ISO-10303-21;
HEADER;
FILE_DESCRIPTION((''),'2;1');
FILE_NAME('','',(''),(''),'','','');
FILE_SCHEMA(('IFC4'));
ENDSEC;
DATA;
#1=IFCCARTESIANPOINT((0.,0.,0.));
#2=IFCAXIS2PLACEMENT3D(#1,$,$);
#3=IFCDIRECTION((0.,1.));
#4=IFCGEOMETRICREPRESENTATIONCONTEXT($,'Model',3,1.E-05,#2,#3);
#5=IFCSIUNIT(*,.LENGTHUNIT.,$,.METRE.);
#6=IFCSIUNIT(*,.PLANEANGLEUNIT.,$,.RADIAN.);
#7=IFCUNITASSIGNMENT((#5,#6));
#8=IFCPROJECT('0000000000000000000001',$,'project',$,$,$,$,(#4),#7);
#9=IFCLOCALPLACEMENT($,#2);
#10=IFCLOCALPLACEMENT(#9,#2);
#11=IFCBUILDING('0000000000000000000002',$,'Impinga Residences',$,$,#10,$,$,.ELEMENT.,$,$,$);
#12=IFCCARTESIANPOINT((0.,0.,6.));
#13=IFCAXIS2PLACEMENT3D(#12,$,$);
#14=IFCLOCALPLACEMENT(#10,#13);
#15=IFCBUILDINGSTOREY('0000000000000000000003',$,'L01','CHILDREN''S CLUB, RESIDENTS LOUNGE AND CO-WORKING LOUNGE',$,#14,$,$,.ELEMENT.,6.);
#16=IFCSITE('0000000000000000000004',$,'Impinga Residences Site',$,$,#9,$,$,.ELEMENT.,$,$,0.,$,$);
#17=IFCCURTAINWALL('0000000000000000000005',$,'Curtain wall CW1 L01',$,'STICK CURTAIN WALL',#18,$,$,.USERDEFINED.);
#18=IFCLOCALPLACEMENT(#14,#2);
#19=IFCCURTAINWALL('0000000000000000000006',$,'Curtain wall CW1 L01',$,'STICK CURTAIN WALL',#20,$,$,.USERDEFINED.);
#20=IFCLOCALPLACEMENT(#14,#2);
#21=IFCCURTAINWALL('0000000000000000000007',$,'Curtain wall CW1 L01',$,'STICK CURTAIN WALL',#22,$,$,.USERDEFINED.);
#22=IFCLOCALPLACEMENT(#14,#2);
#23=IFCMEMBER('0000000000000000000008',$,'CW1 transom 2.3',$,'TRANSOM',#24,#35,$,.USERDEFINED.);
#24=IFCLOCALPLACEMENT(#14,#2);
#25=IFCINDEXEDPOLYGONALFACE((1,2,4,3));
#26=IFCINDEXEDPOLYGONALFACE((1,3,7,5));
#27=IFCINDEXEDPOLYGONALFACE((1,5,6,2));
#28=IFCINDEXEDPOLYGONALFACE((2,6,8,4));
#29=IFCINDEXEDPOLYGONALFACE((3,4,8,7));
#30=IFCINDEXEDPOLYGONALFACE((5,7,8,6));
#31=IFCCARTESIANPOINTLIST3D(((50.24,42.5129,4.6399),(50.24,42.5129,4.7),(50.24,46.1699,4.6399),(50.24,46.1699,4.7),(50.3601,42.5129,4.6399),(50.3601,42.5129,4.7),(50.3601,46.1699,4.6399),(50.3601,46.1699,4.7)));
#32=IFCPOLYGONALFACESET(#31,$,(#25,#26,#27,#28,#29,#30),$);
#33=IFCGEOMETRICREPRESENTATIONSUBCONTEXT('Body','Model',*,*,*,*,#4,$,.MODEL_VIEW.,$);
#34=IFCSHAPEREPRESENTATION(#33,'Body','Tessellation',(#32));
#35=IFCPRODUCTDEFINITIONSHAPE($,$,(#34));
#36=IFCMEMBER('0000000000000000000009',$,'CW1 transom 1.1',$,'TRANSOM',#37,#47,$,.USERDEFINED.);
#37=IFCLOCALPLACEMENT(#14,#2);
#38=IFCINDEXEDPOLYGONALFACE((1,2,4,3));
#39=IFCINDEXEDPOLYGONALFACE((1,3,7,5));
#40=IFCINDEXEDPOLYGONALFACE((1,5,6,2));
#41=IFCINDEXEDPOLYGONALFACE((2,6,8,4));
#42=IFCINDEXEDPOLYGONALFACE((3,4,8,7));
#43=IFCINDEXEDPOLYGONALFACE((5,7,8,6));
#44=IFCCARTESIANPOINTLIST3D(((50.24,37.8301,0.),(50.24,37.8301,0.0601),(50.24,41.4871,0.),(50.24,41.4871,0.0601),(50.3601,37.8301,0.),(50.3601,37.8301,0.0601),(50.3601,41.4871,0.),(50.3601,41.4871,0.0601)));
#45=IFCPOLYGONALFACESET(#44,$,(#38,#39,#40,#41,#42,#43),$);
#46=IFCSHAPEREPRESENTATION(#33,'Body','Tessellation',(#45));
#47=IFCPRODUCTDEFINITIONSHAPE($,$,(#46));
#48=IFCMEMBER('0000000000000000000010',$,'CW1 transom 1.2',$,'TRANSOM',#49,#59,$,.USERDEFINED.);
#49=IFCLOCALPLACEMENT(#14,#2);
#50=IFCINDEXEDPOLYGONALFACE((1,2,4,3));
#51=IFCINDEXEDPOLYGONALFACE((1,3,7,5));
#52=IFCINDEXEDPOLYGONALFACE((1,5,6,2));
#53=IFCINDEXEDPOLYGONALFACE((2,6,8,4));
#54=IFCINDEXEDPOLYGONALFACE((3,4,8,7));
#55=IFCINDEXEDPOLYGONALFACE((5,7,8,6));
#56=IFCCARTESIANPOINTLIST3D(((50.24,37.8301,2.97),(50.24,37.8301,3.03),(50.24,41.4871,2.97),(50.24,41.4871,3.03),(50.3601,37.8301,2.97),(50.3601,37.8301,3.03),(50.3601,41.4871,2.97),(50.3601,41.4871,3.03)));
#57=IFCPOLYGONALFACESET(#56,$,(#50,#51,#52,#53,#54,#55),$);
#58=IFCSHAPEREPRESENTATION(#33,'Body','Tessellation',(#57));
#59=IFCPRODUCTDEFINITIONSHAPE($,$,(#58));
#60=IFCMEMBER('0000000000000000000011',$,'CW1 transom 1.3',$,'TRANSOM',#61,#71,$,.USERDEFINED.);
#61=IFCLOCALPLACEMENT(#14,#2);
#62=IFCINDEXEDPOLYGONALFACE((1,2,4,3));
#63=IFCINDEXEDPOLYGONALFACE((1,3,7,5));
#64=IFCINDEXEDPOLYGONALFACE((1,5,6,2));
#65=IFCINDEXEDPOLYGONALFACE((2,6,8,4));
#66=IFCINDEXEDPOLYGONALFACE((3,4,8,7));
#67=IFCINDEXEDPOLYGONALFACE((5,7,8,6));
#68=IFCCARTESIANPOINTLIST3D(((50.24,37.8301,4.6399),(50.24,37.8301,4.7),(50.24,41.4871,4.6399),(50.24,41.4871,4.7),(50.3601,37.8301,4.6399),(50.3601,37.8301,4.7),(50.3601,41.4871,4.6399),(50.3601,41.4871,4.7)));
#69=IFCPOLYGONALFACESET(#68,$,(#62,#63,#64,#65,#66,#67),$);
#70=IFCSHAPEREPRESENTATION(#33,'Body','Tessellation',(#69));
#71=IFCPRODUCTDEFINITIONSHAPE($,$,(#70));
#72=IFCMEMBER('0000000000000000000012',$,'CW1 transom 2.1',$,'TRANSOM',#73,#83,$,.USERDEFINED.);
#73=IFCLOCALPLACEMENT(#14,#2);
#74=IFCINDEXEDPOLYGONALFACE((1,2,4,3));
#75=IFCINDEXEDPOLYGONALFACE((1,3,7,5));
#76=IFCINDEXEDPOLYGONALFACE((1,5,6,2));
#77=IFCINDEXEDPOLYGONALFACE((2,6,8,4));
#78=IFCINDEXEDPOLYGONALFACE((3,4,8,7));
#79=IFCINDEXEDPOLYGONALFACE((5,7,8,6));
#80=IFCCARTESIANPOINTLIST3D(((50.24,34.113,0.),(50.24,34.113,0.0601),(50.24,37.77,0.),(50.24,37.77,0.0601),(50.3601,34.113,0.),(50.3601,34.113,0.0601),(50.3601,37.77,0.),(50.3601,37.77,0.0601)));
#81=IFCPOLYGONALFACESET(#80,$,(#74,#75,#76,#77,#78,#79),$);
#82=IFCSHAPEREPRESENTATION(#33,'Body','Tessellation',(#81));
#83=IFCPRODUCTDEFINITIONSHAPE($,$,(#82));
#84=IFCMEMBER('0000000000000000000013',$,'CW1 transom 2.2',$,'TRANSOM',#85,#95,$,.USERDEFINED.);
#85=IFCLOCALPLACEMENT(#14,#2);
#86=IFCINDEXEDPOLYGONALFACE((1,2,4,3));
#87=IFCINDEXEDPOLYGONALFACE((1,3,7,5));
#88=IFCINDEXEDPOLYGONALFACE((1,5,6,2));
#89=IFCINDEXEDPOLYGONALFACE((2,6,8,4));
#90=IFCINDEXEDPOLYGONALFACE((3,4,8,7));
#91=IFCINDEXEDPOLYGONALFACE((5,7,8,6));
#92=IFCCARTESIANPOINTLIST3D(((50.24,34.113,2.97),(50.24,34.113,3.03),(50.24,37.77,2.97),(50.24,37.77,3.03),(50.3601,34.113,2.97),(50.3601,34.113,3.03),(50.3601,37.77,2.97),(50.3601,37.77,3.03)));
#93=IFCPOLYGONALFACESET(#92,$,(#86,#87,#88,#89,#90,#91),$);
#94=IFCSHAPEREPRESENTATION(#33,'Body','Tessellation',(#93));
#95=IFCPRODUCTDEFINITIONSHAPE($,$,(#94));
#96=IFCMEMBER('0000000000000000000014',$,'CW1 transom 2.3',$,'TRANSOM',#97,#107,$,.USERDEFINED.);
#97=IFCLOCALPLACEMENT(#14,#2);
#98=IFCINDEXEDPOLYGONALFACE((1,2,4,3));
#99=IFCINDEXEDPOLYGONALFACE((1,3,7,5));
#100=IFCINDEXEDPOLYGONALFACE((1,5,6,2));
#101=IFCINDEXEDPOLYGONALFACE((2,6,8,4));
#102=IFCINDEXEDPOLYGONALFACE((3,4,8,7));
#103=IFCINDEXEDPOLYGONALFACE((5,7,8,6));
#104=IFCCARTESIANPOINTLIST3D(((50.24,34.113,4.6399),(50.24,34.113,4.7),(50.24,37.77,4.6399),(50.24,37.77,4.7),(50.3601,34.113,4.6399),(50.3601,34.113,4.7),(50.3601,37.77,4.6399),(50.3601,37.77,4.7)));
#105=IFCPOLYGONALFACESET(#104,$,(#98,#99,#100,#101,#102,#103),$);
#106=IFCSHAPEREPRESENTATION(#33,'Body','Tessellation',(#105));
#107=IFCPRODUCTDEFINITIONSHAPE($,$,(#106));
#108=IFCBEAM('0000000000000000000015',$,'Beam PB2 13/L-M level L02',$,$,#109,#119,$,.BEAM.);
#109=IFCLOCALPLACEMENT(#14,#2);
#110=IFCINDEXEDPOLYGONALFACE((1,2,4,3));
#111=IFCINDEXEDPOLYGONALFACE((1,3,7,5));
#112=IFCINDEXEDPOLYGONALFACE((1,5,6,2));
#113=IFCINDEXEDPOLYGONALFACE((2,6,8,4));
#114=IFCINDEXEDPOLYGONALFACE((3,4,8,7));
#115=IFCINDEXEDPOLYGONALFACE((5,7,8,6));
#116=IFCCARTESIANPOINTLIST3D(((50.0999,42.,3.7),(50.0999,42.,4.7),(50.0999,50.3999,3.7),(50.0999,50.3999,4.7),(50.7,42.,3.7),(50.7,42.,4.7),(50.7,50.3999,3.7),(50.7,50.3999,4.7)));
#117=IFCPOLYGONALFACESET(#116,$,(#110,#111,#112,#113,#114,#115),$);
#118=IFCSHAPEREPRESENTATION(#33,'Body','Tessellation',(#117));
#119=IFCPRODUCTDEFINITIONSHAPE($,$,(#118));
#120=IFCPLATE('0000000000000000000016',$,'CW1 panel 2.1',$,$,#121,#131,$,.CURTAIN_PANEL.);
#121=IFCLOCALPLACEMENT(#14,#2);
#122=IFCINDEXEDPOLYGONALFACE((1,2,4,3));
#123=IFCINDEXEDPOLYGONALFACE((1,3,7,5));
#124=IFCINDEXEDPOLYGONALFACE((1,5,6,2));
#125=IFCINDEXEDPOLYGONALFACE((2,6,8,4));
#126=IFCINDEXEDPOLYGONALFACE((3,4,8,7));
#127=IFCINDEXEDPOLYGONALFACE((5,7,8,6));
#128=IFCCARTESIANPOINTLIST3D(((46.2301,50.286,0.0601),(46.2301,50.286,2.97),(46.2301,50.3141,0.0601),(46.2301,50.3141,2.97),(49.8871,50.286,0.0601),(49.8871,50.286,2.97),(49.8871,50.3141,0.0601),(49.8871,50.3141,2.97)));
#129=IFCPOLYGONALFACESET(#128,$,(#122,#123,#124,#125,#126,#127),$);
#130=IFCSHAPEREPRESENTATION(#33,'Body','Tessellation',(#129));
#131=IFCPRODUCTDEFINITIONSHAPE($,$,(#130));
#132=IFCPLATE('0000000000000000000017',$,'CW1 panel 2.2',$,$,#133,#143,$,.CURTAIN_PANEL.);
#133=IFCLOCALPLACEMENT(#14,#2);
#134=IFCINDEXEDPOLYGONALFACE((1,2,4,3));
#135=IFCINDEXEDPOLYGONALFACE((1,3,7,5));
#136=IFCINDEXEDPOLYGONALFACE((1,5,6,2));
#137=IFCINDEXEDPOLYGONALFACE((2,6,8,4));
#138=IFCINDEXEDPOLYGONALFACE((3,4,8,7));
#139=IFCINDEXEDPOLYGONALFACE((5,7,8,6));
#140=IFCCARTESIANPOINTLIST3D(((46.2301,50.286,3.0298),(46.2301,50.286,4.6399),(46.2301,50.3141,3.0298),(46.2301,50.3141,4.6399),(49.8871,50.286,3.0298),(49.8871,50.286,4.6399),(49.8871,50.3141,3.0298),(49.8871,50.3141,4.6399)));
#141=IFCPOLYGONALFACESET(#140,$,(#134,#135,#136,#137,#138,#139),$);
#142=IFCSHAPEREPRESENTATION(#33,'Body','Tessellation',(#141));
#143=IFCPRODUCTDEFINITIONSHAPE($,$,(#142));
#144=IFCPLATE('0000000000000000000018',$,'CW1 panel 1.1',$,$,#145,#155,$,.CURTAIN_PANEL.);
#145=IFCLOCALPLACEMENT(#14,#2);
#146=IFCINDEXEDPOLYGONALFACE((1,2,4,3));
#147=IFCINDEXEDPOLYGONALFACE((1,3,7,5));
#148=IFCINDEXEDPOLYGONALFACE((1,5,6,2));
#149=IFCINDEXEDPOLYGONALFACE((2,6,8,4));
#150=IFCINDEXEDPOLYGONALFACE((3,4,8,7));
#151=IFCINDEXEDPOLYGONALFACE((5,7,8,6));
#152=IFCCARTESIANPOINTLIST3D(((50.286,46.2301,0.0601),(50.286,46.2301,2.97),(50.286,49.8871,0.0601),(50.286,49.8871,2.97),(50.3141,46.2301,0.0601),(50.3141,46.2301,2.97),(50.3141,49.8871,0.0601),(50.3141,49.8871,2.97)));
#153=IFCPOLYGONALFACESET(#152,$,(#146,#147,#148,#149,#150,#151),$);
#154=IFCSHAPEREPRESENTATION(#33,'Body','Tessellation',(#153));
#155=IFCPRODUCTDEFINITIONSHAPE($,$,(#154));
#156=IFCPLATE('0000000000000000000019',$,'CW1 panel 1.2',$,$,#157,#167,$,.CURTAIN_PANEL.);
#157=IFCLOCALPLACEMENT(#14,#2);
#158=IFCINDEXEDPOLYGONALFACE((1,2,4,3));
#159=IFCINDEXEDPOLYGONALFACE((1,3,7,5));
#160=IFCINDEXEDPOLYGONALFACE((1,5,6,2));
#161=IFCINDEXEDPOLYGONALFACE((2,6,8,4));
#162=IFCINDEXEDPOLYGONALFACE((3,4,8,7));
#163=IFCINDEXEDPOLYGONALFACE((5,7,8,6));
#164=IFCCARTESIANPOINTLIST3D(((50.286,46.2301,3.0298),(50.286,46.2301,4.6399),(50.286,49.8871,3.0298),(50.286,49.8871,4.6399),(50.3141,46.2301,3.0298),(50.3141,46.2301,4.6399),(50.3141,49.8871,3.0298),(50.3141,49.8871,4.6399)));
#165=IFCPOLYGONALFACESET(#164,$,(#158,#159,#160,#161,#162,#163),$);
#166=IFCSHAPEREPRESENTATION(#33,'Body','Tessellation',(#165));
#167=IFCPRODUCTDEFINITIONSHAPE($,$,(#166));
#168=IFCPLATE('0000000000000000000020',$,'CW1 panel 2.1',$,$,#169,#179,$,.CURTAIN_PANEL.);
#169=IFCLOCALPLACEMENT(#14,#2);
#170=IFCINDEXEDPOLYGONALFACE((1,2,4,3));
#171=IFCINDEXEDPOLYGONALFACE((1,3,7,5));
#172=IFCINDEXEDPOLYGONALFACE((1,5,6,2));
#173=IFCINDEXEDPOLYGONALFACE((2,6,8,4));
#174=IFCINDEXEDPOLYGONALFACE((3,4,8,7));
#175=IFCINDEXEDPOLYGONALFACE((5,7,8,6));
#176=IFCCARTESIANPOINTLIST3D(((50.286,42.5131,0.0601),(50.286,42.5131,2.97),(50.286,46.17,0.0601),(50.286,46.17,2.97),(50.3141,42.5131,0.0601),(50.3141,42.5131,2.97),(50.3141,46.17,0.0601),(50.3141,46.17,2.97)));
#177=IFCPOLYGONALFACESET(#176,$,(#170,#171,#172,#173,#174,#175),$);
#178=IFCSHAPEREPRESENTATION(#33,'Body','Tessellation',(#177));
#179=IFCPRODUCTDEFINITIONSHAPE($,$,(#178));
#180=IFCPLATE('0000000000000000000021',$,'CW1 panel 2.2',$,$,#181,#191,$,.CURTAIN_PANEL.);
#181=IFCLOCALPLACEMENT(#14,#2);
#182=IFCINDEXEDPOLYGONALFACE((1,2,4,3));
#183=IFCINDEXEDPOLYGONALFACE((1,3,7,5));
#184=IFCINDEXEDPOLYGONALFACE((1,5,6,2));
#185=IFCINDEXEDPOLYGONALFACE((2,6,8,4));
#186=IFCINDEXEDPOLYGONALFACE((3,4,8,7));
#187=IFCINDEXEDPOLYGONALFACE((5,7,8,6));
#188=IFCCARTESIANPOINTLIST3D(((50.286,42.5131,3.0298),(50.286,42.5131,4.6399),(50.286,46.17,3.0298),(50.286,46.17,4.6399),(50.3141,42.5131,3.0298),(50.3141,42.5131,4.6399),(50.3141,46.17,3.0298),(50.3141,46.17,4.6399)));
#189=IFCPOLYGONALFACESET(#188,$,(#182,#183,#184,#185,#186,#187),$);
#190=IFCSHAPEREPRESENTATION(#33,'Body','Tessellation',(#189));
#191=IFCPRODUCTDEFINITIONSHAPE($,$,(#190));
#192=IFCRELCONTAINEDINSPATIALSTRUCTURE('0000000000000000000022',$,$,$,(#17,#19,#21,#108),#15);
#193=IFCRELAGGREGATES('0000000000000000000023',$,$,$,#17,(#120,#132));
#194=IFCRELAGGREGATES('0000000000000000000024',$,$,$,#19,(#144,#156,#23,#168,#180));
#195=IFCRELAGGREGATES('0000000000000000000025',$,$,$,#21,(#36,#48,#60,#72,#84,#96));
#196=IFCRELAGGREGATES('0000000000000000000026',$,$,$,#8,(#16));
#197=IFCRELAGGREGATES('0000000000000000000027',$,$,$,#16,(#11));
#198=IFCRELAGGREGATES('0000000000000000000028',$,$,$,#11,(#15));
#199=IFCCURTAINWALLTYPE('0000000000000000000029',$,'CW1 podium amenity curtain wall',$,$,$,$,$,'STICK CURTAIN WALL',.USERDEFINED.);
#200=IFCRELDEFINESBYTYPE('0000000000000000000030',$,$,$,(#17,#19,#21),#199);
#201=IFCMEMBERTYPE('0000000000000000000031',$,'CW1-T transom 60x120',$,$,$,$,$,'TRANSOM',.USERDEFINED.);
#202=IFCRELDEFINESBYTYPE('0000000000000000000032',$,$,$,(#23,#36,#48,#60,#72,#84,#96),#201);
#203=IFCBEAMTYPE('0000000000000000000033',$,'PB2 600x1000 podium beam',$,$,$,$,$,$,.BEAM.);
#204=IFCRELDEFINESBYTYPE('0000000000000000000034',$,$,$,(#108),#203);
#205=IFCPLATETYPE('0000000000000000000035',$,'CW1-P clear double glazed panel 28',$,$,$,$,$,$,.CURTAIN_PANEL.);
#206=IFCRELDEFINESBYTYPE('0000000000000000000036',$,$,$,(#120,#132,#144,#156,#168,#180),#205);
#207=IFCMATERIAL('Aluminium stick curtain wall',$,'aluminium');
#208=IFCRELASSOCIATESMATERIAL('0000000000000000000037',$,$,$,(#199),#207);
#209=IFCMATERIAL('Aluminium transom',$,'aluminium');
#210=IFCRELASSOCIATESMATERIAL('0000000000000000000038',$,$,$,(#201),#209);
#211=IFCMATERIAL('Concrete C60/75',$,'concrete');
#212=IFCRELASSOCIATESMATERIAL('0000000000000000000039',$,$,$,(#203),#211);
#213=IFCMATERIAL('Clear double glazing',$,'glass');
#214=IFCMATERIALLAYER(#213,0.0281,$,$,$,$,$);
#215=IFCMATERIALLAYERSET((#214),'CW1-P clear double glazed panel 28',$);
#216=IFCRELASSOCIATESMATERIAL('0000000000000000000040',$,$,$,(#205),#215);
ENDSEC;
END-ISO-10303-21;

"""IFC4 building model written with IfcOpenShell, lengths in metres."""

from ifc_helpers import new_model, si_unit, direction, frame, origin, origin_2d, place, context, subcontext, project, spatial, rectangle, extrude, material, layer, layer_set, material_profile, profile_set, type_object, element, aggregate, save


model = new_model("IFC4")

# Units and contexts
model_context = context("Model", 3, precision=1e-05, world=origin(), true_north=direction((0.0, 1.0)))
body_context = subcontext(model_context, "Body", "Model", "MODEL_VIEW")
ifc_project = project(units=[si_unit("LENGTHUNIT", "METRE"), si_unit("PLANEANGLEUNIT", "RADIAN")], contexts=[model_context])

# Site, building, storey
site_placement = place(None, origin())
site = spatial("IfcSite", under=ifc_project, at=site_placement, Name="Impinga Residences Site", CompositionType="ELEMENT", RefElevation=0.0)
building_placement = place(site_placement, origin())
building = spatial("IfcBuilding", under=site, at=building_placement, Name="Impinga Residences", CompositionType="ELEMENT")
storey_placement = place(building_placement, frame((0.0, 0.0, 6.0)))
storey = spatial("IfcBuildingStorey", under=building, at=storey_placement, Name="L01", Description="CHILDREN'S CLUB, RESIDENTS LOUNGE AND CO-WORKING LOUNGE", CompositionType="ELEMENT", Elevation=6.0)

# Curtain wall
ifc_material_1 = material(Name="Aluminium stick curtain wall", Category="aluminium")
curtain_wall_type = type_object("IfcCurtainWallType", Name="CW1 podium amenity curtain wall", ElementType="STICK CURTAIN WALL", PredefinedType="USERDEFINED", material=ifc_material_1)
curtain_wall_1_placement = place(storey_placement, origin())
curtain_wall_1 = element("IfcCurtainWall", 1, at=curtain_wall_1_placement, inside=storey, type_object=curtain_wall_type, Name="Curtain wall CW1 L01", ObjectType="STICK CURTAIN WALL", PredefinedType="USERDEFINED")

# Curtain walls
curtain_wall_2_placement = place(storey_placement, origin())
curtain_wall_2 = element("IfcCurtainWall", 2, at=curtain_wall_2_placement, inside=storey, type_object=curtain_wall_type, Name="Curtain wall CW1 L01", ObjectType="STICK CURTAIN WALL", PredefinedType="USERDEFINED")
curtain_wall_3_placement = place(storey_placement, origin())
curtain_wall_3 = element("IfcCurtainWall", 3, at=curtain_wall_3_placement, inside=storey, type_object=curtain_wall_type, Name="Curtain wall CW1 L01", ObjectType="STICK CURTAIN WALL", PredefinedType="USERDEFINED")

# Members
ifc_material_2 = material(Name="Aluminium transom", Category="aluminium")
ifc_material_profile_1 = material_profile(ifc_material_2, rectangle(XDim=0.0601, YDim=0.1201, at=origin_2d()), Name="60x120 transom")
ifc_profile_set_1 = profile_set([ifc_material_profile_1], Name="Aluminium transom")
member_type_1 = type_object("IfcMemberType", Name="CW1-T transom 60x120", ElementType="TRANSOM", PredefinedType="USERDEFINED", material=ifc_profile_set_1)
member_1_placement = place(storey_placement, frame((50.3, 46.1699, 4.6699), z_axis=(0.0, -1.0, 0.0), x_axis=(0.0, 0.0, 1.0)))
member_1 = element("IfcMember", 4, at=member_1_placement, type_object=member_type_1, Name="CW1 transom 2.3", ObjectType="TRANSOM", PredefinedType="USERDEFINED", context=body_context, shape_type="SweptSolid", body=[
    extrude(rectangle(XDim=0.0601, YDim=0.1201, at=origin_2d()), origin(), (0.0, 0.0, 1.0), 3.657),
])
member_2_placement = place(storey_placement, frame((50.3, 41.4871, 0.03), z_axis=(0.0, -1.0, 0.0), x_axis=(0.0, 0.0, 1.0)))
member_2 = element("IfcMember", 5, at=member_2_placement, type_object=member_type_1, Name="CW1 transom 1.1", ObjectType="TRANSOM", PredefinedType="USERDEFINED", context=body_context, shape_type="SweptSolid", body=[
    extrude(rectangle(XDim=0.0601, YDim=0.1201, at=origin_2d()), origin(), (0.0, 0.0, 1.0), 3.657),
])
member_3_placement = place(storey_placement, frame((50.3, 41.4871, 3.0), z_axis=(0.0, -1.0, 0.0), x_axis=(0.0, 0.0, 1.0)))
member_3 = element("IfcMember", 6, at=member_3_placement, type_object=member_type_1, Name="CW1 transom 1.2", ObjectType="TRANSOM", PredefinedType="USERDEFINED", context=body_context, shape_type="SweptSolid", body=[
    extrude(rectangle(XDim=0.0601, YDim=0.1201, at=origin_2d()), origin(), (0.0, 0.0, 1.0), 3.657),
])
member_4_placement = place(storey_placement, frame((50.3, 41.4871, 4.6699), z_axis=(0.0, -1.0, 0.0), x_axis=(0.0, 0.0, 1.0)))
member_4 = element("IfcMember", 7, at=member_4_placement, type_object=member_type_1, Name="CW1 transom 1.3", ObjectType="TRANSOM", PredefinedType="USERDEFINED", context=body_context, shape_type="SweptSolid", body=[
    extrude(rectangle(XDim=0.0601, YDim=0.1201, at=origin_2d()), origin(), (0.0, 0.0, 1.0), 3.657),
])
member_5_placement = place(storey_placement, frame((50.3, 37.77, 0.03), z_axis=(0.0, -1.0, 0.0), x_axis=(0.0, 0.0, 1.0)))
member_5 = element("IfcMember", 8, at=member_5_placement, type_object=member_type_1, Name="CW1 transom 2.1", ObjectType="TRANSOM", PredefinedType="USERDEFINED", context=body_context, shape_type="SweptSolid", body=[
    extrude(rectangle(XDim=0.0601, YDim=0.1201, at=origin_2d()), origin(), (0.0, 0.0, 1.0), 3.657),
])
member_6_placement = place(storey_placement, frame((50.3, 37.77, 3.0), z_axis=(0.0, -1.0, 0.0), x_axis=(0.0, 0.0, 1.0)))
member_6 = element("IfcMember", 9, at=member_6_placement, type_object=member_type_1, Name="CW1 transom 2.2", ObjectType="TRANSOM", PredefinedType="USERDEFINED", context=body_context, shape_type="SweptSolid", body=[
    extrude(rectangle(XDim=0.0601, YDim=0.1201, at=origin_2d()), origin(), (0.0, 0.0, 1.0), 3.657),
])
member_7_placement = place(storey_placement, frame((50.3, 37.77, 4.6699), z_axis=(0.0, -1.0, 0.0), x_axis=(0.0, 0.0, 1.0)))
member_7 = element("IfcMember", 10, at=member_7_placement, type_object=member_type_1, Name="CW1 transom 2.3", ObjectType="TRANSOM", PredefinedType="USERDEFINED", context=body_context, shape_type="SweptSolid", body=[
    extrude(rectangle(XDim=0.0601, YDim=0.1201, at=origin_2d()), origin(), (0.0, 0.0, 1.0), 3.657),
])

# Beam
ifc_material_3 = material(Name="Concrete C60/75", Category="concrete")
ifc_material_profile_2 = material_profile(ifc_material_3, rectangle(XDim=0.6001, YDim=1.0, at=origin_2d()), Name="RC 600x1000")
ifc_profile_set_2 = profile_set([ifc_material_profile_2], Name="Concrete C60/75")
beam_type = type_object("IfcBeamType", Name="PB2 600x1000 podium beam", PredefinedType="BEAM", material=ifc_profile_set_2)
beam_placement = place(storey_placement, frame((50.3999, 42.0, 4.2), z_axis=(0.0, 1.0, 0.0), x_axis=(-1.0, 0.0, 0.0)))
element("IfcBeam", 11, at=beam_placement, inside=storey, type_object=beam_type, Name="Beam PB2 13/L-M level L02", PredefinedType="BEAM", context=body_context, shape_type="SweptSolid", body=[
    extrude(rectangle(XDim=0.6001, YDim=1.0, at=origin_2d()), origin(), (0.0, 0.0, 1.0), 8.3999),
])

# Plates
ifc_material_4 = material(Name="Clear double glazing", Category="glass")
ifc_layer = layer(ifc_material_4, 0.0281)
ifc_layer_set = layer_set([ifc_layer], Name="CW1-P clear double glazed panel 28")
plate_type = type_object("IfcPlateType", Name="CW1-P clear double glazed panel 28", PredefinedType="CURTAIN_PANEL", material=ifc_layer_set)
plate_1_placement = place(storey_placement, frame((48.0586, 50.3, 0.0601), z_axis=(0.0, 0.0, 1.0), x_axis=(1.0, 0.0, 0.0)))
plate_1 = element("IfcPlate", 12, at=plate_1_placement, type_object=plate_type, Name="CW1 panel 2.1", PredefinedType="CURTAIN_PANEL", context=body_context, shape_type="SweptSolid", body=[
    extrude(rectangle(XDim=3.657, YDim=0.0281, at=origin_2d()), origin(), (0.0, 0.0, 1.0), 2.9099),
])
plate_2_placement = place(storey_placement, frame((48.0586, 50.3, 3.0298), z_axis=(0.0, 0.0, 1.0), x_axis=(1.0, 0.0, 0.0)))
plate_2 = element("IfcPlate", 13, at=plate_2_placement, type_object=plate_type, Name="CW1 panel 2.2", PredefinedType="CURTAIN_PANEL", context=body_context, shape_type="SweptSolid", body=[
    extrude(rectangle(XDim=3.657, YDim=0.0281, at=origin_2d()), origin(), (0.0, 0.0, 1.0), 1.6101),
])
aggregate(curtain_wall_1, [plate_1, plate_2])
plate_3_placement = place(storey_placement, frame((50.3, 48.0586, 0.0601), z_axis=(0.0, 0.0, 1.0), x_axis=(0.0, -1.0, 0.0)))
plate_3 = element("IfcPlate", 14, at=plate_3_placement, type_object=plate_type, Name="CW1 panel 1.1", PredefinedType="CURTAIN_PANEL", context=body_context, shape_type="SweptSolid", body=[
    extrude(rectangle(XDim=3.657, YDim=0.0281, at=origin_2d()), origin(), (0.0, 0.0, 1.0), 2.9099),
])
plate_4_placement = place(storey_placement, frame((50.3, 48.0586, 3.0298), z_axis=(0.0, 0.0, 1.0), x_axis=(0.0, -1.0, 0.0)))
plate_4 = element("IfcPlate", 15, at=plate_4_placement, type_object=plate_type, Name="CW1 panel 1.2", PredefinedType="CURTAIN_PANEL", context=body_context, shape_type="SweptSolid", body=[
    extrude(rectangle(XDim=3.657, YDim=0.0281, at=origin_2d()), origin(), (0.0, 0.0, 1.0), 1.6101),
])
plate_5_placement = place(storey_placement, frame((50.3, 44.3416, 0.0601), z_axis=(0.0, 0.0, 1.0), x_axis=(0.0, -1.0, 0.0)))
plate_5 = element("IfcPlate", 16, at=plate_5_placement, type_object=plate_type, Name="CW1 panel 2.1", PredefinedType="CURTAIN_PANEL", context=body_context, shape_type="SweptSolid", body=[
    extrude(rectangle(XDim=3.657, YDim=0.0281, at=origin_2d()), origin(), (0.0, 0.0, 1.0), 2.9099),
])
plate_6_placement = place(storey_placement, frame((50.3, 44.3416, 3.0298), z_axis=(0.0, 0.0, 1.0), x_axis=(0.0, -1.0, 0.0)))
plate_6 = element("IfcPlate", 17, at=plate_6_placement, type_object=plate_type, Name="CW1 panel 2.2", PredefinedType="CURTAIN_PANEL", context=body_context, shape_type="SweptSolid", body=[
    extrude(rectangle(XDim=3.657, YDim=0.0281, at=origin_2d()), origin(), (0.0, 0.0, 1.0), 1.6101),
])
aggregate(curtain_wall_2, [plate_3, plate_4, member_1, plate_5, plate_6])
aggregate(curtain_wall_3, [member_2, member_3, member_4, member_5, member_6, member_7])

save(model, "model.ifc")
